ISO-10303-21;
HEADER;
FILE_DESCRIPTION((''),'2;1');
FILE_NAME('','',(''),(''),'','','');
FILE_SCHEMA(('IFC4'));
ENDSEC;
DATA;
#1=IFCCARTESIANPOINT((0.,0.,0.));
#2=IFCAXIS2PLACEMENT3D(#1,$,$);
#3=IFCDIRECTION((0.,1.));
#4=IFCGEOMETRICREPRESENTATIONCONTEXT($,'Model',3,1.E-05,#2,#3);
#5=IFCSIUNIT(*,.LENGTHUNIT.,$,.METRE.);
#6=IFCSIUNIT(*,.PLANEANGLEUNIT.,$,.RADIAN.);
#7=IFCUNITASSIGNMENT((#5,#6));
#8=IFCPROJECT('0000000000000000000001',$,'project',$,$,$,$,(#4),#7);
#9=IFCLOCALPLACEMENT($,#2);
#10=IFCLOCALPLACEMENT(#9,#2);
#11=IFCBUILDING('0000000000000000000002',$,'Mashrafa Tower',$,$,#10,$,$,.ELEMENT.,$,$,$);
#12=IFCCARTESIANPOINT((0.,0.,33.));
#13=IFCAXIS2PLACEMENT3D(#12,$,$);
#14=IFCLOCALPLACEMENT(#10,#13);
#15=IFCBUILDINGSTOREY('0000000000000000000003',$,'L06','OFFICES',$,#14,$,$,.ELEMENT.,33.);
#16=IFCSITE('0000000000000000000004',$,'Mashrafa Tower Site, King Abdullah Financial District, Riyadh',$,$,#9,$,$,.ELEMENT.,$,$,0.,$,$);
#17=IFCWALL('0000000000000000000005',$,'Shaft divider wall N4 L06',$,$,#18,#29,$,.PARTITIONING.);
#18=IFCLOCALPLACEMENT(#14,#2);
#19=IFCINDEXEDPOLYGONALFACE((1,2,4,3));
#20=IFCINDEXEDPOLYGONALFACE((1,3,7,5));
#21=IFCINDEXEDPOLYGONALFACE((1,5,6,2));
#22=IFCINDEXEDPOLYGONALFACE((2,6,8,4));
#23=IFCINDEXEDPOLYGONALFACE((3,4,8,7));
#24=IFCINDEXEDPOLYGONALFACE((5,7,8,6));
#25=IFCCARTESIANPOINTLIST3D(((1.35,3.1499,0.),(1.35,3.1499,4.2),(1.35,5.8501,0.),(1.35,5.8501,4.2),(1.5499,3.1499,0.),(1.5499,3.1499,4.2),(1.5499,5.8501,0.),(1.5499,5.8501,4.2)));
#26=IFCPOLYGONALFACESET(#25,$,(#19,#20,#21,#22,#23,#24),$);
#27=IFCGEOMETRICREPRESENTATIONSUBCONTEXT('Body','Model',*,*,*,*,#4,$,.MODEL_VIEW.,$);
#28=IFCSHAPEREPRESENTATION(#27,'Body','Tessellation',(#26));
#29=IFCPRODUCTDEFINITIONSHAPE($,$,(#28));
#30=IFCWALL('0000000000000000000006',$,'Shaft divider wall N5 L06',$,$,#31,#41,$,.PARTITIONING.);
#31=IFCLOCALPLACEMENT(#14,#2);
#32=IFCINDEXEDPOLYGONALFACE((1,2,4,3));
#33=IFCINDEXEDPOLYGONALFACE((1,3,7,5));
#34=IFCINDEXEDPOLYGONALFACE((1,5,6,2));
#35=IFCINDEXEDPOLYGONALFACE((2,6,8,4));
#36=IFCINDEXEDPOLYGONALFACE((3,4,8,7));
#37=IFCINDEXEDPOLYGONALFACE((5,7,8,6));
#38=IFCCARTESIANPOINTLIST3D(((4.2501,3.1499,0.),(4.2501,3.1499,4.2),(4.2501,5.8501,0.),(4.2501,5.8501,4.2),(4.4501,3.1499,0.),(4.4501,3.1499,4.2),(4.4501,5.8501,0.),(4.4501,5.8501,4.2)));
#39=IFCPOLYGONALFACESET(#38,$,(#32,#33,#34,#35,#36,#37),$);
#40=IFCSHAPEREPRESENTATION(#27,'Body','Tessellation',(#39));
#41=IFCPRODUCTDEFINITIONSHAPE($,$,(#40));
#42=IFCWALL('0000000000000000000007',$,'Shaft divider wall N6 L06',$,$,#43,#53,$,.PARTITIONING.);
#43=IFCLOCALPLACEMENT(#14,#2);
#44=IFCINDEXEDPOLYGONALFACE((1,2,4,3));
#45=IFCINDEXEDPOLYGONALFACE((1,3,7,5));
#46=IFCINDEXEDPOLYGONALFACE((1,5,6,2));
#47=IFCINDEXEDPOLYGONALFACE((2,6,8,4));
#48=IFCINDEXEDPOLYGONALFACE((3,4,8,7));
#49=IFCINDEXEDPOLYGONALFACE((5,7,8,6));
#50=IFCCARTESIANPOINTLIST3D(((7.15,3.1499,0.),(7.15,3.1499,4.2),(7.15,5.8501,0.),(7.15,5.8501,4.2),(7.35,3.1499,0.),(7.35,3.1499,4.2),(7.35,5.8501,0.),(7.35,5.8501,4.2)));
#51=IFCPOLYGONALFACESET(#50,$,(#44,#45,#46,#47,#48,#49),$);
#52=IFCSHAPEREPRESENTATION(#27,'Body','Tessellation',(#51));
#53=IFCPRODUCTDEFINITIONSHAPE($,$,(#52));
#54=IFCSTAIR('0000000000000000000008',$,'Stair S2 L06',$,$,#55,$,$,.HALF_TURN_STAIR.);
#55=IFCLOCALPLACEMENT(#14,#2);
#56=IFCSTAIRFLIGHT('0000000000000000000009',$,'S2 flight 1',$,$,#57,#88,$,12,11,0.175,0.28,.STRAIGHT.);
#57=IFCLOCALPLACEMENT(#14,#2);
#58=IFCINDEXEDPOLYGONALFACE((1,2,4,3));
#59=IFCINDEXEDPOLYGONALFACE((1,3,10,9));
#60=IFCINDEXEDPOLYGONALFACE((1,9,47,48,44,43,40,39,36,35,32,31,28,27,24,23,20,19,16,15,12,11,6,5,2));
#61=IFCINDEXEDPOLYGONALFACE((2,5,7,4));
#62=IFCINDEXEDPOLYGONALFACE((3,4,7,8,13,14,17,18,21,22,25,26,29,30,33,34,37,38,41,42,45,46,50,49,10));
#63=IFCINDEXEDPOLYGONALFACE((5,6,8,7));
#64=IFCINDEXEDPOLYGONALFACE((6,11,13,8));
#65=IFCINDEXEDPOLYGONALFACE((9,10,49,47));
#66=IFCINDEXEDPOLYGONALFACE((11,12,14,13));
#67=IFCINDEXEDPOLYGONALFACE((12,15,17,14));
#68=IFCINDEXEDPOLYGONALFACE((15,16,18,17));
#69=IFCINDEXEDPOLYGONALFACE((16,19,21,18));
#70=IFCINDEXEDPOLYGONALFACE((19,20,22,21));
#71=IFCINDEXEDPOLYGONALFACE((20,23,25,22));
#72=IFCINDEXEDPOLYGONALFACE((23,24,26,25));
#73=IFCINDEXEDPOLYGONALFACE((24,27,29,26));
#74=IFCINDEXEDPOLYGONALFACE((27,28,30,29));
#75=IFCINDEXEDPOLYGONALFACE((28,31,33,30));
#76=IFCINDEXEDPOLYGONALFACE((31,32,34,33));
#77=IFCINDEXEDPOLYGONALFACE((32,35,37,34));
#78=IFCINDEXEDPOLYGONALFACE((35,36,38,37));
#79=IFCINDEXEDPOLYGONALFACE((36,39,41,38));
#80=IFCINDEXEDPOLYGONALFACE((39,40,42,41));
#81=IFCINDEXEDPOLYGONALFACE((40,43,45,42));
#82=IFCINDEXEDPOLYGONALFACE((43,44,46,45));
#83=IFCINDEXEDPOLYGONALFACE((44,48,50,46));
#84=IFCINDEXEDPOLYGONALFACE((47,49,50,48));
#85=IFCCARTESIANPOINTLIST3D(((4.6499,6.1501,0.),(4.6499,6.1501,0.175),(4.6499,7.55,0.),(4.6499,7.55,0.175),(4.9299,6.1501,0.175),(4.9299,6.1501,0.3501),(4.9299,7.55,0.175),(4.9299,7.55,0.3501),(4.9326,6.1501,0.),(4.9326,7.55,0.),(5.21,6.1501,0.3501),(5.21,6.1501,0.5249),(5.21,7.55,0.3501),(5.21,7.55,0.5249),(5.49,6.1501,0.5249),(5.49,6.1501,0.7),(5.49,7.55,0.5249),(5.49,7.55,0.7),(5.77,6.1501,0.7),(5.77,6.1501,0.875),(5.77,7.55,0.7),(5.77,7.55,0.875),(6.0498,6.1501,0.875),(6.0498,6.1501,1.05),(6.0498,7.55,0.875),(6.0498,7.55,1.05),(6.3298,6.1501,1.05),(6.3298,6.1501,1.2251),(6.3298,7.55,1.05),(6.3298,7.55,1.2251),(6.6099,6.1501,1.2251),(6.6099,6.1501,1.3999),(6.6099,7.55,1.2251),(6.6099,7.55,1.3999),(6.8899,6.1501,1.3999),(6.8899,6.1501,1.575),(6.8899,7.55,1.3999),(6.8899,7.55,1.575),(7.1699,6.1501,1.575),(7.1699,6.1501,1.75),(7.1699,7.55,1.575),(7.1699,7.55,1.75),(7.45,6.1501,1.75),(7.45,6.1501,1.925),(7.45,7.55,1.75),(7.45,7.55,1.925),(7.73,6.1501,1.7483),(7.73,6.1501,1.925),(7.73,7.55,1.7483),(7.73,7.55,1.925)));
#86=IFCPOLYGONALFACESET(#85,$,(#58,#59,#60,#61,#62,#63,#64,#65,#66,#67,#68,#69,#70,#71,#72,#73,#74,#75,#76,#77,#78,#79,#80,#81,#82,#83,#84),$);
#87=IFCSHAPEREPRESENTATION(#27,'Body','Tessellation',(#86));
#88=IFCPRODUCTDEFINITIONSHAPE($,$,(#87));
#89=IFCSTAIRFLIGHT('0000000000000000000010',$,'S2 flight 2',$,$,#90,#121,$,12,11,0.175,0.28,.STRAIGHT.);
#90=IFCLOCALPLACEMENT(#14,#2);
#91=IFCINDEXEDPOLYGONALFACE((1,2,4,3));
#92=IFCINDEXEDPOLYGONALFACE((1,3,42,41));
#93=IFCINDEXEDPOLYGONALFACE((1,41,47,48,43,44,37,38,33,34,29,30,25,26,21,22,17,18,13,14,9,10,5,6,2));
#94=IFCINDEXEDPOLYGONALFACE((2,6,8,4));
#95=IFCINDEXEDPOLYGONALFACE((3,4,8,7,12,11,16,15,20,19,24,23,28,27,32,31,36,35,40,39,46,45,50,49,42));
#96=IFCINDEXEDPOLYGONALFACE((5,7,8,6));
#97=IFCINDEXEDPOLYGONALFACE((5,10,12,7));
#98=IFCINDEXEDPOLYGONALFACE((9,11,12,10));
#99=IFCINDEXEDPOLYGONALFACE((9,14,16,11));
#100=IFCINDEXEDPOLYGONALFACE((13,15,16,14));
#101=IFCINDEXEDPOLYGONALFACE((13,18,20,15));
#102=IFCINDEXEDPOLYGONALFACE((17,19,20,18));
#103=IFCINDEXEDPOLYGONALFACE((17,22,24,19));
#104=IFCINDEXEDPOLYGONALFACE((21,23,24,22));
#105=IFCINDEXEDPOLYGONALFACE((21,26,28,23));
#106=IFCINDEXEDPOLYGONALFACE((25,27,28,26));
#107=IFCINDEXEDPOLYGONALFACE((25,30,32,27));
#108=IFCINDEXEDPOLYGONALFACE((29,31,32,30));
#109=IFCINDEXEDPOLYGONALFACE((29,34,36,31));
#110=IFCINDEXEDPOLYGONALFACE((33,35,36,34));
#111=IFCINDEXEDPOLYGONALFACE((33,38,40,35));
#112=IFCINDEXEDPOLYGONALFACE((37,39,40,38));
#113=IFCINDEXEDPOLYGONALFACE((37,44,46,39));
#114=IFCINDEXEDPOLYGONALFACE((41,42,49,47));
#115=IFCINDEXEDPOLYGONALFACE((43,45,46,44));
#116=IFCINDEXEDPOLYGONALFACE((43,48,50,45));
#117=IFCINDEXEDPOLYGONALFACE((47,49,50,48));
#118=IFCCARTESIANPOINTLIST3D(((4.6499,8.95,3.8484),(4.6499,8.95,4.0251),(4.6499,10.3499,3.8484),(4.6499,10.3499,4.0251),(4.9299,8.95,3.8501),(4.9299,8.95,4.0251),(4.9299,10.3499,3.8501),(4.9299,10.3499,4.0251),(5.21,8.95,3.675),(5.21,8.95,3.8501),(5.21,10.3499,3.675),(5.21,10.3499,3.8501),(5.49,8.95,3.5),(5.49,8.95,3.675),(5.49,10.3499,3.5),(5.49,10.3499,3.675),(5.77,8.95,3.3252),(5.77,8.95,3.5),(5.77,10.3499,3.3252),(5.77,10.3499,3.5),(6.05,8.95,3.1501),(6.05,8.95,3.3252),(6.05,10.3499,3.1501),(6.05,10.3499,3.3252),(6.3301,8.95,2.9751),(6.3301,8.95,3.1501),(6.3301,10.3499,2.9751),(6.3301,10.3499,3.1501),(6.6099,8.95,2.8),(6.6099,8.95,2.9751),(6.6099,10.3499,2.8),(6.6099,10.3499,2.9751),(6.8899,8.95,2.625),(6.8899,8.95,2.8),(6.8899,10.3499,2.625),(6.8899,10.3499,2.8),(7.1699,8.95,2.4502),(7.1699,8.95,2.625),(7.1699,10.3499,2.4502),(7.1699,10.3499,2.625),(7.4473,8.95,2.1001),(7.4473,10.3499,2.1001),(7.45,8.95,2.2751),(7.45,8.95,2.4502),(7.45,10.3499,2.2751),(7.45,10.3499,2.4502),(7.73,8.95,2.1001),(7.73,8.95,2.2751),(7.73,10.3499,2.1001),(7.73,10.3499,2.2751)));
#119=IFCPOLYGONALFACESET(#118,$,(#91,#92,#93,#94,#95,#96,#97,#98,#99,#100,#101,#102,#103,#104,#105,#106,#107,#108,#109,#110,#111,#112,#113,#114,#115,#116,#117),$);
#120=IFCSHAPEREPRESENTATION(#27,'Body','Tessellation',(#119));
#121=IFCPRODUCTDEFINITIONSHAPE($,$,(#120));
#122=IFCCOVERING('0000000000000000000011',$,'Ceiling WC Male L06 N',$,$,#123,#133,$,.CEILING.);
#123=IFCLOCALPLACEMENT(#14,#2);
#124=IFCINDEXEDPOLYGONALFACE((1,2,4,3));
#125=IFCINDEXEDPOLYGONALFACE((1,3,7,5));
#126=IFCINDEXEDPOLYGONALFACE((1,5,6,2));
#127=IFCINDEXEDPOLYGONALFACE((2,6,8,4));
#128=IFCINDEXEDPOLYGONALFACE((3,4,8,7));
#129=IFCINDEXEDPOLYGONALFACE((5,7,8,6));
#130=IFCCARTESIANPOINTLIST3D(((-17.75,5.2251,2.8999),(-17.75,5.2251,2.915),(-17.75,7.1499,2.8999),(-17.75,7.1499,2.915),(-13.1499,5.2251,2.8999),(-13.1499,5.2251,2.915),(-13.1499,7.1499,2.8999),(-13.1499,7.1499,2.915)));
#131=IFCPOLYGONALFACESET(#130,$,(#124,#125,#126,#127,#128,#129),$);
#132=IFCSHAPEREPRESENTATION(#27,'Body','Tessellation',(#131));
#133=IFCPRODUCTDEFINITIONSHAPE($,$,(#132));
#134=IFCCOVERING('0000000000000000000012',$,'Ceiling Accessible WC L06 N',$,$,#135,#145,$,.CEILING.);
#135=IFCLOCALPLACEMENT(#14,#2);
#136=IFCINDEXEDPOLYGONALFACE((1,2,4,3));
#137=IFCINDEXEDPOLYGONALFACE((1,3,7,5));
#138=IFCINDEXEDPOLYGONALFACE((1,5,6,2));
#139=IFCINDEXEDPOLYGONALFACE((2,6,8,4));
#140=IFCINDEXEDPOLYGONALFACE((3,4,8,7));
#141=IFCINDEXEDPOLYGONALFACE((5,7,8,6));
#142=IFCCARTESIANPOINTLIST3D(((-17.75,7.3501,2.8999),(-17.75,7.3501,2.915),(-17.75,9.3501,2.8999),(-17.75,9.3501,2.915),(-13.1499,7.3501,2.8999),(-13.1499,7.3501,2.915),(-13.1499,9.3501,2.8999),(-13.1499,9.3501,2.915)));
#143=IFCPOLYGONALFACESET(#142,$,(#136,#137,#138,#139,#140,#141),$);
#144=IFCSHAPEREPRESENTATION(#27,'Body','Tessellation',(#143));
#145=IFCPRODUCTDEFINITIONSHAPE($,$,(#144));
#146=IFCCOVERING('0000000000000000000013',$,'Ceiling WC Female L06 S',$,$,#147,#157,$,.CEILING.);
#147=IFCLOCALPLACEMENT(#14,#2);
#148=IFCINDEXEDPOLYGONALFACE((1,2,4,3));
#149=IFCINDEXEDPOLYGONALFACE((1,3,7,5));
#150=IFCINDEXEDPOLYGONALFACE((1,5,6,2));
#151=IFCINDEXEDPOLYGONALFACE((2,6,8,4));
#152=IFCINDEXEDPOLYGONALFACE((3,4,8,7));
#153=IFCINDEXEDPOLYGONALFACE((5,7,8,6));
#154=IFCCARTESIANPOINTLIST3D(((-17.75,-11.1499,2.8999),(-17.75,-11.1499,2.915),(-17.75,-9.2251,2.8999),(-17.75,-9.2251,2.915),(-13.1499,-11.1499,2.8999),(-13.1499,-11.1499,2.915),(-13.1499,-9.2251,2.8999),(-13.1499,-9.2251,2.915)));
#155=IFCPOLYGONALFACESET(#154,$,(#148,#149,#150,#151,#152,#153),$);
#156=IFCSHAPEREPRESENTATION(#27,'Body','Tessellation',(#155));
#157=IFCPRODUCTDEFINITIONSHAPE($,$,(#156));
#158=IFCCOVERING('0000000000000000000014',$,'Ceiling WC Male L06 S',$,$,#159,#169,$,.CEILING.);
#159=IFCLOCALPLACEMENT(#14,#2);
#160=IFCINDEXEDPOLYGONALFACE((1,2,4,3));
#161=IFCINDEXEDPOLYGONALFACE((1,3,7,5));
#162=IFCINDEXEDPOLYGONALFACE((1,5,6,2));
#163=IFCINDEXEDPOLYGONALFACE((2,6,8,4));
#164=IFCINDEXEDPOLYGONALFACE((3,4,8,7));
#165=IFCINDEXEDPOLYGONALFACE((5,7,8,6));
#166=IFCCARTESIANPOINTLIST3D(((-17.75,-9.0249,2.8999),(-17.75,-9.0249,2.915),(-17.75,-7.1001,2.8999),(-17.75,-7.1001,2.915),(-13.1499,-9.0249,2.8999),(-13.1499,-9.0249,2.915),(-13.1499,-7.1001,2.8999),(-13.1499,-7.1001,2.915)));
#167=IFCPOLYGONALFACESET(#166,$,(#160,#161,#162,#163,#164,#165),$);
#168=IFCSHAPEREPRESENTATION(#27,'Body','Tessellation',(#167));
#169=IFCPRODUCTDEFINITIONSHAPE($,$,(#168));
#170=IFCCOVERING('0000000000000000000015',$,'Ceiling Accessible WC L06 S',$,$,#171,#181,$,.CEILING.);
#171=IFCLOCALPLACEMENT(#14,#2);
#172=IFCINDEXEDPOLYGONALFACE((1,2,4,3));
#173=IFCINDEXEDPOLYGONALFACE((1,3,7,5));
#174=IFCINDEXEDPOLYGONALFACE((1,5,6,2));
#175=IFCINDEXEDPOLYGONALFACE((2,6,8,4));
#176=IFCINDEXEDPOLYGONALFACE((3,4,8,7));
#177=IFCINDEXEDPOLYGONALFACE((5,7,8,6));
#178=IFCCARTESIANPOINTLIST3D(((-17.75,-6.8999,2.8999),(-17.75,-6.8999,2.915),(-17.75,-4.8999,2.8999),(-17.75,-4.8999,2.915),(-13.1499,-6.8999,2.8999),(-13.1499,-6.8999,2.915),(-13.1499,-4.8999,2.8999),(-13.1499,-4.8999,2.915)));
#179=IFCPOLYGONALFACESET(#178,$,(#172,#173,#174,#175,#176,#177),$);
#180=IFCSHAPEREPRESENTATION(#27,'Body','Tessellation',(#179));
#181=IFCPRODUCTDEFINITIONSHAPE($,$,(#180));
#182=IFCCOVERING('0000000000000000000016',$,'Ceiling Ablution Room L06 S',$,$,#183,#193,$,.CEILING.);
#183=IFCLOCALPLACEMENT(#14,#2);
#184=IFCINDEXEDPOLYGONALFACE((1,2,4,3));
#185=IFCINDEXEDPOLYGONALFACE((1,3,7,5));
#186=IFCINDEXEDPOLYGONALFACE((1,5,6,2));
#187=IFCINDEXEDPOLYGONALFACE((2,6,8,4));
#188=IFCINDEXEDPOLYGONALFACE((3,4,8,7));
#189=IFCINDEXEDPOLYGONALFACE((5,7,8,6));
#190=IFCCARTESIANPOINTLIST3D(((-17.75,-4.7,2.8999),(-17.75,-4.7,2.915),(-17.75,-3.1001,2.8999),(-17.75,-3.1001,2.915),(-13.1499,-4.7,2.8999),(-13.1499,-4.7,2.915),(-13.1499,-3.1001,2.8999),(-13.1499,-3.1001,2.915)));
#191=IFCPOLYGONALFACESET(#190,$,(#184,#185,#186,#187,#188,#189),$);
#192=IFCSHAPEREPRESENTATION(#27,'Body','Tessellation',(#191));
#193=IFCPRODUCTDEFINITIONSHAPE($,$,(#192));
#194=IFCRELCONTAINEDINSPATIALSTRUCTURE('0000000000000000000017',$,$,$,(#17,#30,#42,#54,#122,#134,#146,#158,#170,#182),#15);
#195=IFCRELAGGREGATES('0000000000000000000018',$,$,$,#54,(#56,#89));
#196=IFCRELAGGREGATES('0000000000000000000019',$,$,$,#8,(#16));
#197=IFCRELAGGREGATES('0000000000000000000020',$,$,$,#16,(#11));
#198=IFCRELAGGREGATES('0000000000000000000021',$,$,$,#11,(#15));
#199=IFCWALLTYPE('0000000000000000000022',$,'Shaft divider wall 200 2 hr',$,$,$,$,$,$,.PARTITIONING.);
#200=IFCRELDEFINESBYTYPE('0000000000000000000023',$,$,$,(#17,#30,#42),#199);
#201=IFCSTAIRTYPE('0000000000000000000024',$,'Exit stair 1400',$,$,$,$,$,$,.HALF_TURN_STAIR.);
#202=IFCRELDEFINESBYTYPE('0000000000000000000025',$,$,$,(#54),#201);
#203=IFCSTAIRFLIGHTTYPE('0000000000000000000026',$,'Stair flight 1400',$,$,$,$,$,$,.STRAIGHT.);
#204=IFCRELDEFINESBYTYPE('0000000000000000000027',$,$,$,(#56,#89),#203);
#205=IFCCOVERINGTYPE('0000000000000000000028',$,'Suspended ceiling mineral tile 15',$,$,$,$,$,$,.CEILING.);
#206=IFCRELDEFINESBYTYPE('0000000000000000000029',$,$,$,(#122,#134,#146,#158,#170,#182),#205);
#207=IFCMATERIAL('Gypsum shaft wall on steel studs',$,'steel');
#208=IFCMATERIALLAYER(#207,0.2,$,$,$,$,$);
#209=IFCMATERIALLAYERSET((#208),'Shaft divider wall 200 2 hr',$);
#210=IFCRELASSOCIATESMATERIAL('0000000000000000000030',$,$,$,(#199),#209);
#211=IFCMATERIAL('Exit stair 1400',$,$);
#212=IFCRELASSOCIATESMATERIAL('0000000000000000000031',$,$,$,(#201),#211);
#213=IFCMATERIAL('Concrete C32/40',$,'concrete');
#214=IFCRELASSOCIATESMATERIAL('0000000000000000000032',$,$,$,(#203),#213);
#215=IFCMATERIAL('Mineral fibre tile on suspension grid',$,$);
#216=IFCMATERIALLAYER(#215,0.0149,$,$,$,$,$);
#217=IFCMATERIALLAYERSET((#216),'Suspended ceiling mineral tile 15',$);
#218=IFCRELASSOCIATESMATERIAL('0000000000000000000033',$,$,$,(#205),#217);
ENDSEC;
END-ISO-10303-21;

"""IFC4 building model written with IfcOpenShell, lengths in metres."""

from ifc_helpers import new_model, si_unit, direction, frame, frame_2d, origin, place, context, subcontext, project, spatial, polyline, rectangle, outline, extrude, material, layer, layer_set, type_object, element, aggregate, save


model = new_model("IFC4")

# Units and contexts
model_context = context("Model", 3, precision=1e-05, world=origin(), true_north=direction((0.0, 1.0)))
body_context = subcontext(model_context, "Body", "Model", "MODEL_VIEW")
ifc_project = project(units=[si_unit("LENGTHUNIT", "METRE"), si_unit("PLANEANGLEUNIT", "RADIAN")], contexts=[model_context])

# Site, building, storey
site_placement = place(None, origin())
site = spatial("IfcSite", under=ifc_project, at=site_placement, Name="Mashrafa Tower Site, King Abdullah Financial District, Riyadh", CompositionType="ELEMENT", RefElevation=0.0)
building_placement = place(site_placement, origin())
building = spatial("IfcBuilding", under=site, at=building_placement, Name="Mashrafa Tower", CompositionType="ELEMENT")
storey_placement = place(building_placement, frame((0.0, 0.0, 33.0)))
storey = spatial("IfcBuildingStorey", under=building, at=storey_placement, Name="L06", Description="OFFICES", CompositionType="ELEMENT", Elevation=33.0)

# Walls
ifc_material_1 = material(Name="Gypsum shaft wall on steel studs", Category="steel")
ifc_layer_1 = layer(ifc_material_1, 0.2)
ifc_layer_set_1 = layer_set([ifc_layer_1], Name="Shaft divider wall 200 2 hr")
wall_type_1 = type_object("IfcWallType", Name="Shaft divider wall 200 2 hr", PredefinedType="PARTITIONING", material=ifc_layer_set_1)
for number, where, z_axis, x_axis, name in (
    (1, (1.45, 3.1499, 0.0), (0.0, 0.0, 1.0), (0.0, 1.0, 0.0), "Shaft divider wall N4 L06"),
    (2, (4.3501, 3.1499, 0.0), (0.0, 0.0, 1.0), (0.0, 1.0, 0.0), "Shaft divider wall N5 L06"),
    (3, (7.25, 3.1499, 0.0), (0.0, 0.0, 1.0), (0.0, 1.0, 0.0), "Shaft divider wall N6 L06"),
):
    element("IfcWall", number, at=place(storey_placement, frame(where, z_axis=z_axis, x_axis=x_axis)), inside=storey, type_object=wall_type_1, Name=name, PredefinedType="PARTITIONING", context=body_context, shape_type="SweptSolid", body=[
        extrude(rectangle(XDim=2.7002, YDim=0.2, at=frame_2d((1.3501, 0.0))), origin(), (0.0, 0.0, 1.0), 4.2),
    ])

# Stair, stair flights
ifc_material_2 = material(Name="Exit stair 1400")
stair_type = type_object("IfcStairType", Name="Exit stair 1400", PredefinedType="HALF_TURN_STAIR", material=ifc_material_2)
stair_placement = place(storey_placement, origin())
stair = element("IfcStair", 4, at=stair_placement, inside=storey, type_object=stair_type, Name="Stair S2 L06", PredefinedType="HALF_TURN_STAIR")
ifc_material_3 = material(Name="Concrete C32/40", Category="concrete")
stair_flight_type = type_object("IfcStairFlightType", Name="Stair flight 1400", PredefinedType="STRAIGHT", material=ifc_material_3)
stair_flight_1_placement = place(storey_placement, frame((4.6499, 6.8501, 0.0), z_axis=(0.0, 0.0, 1.0), x_axis=(1.0, 0.0, 0.0)))
stair_flight_1 = element("IfcStairFlight", 5, at=stair_flight_1_placement, type_object=stair_flight_type, Name="S2 flight 1", NumberOfRisers=12, NumberOfTreads=11, PredefinedType="STRAIGHT", RiserHeight=0.175, TreadLength=0.28, context=body_context, shape_type="SweptSolid", body=[
    extrude(outline(polyline([(0.0, 0.0), (0.0, 0.175), (0.28, 0.175), (0.28, 0.3501), (0.5601, 0.3501), (0.5601, 0.5249), (0.8401, 0.5249), (0.8401, 0.7), (1.1201, 0.7), (1.1201, 0.875), (1.3999, 0.875), (1.3999, 1.05), (1.6799, 1.05), (1.6799, 1.2251), (1.96, 1.2251), (1.96, 1.3999), (2.24, 1.3999), (2.24, 1.575), (2.52, 1.575), (2.52, 1.75), (2.8, 1.75), (2.8, 1.925), (3.0801, 1.925), (3.0801, 2.1001), (3.0801, 1.7483), (0.2827, 0.0), (0.0, 0.0)])), frame((0.0, 0.7, 0.0), z_axis=(0.0, -1.0, 0.0), x_axis=(1.0, 0.0, 0.0)), (0.0, 0.0, 1.0), 1.3999),
])
stair_flight_2_placement = place(storey_placement, frame((7.73, 9.6499, 2.1001), z_axis=(0.0, 0.0, 1.0), x_axis=(-1.0, 0.0, 0.0)))
stair_flight_2 = element("IfcStairFlight", 6, at=stair_flight_2_placement, type_object=stair_flight_type, Name="S2 flight 2", NumberOfRisers=12, NumberOfTreads=11, PredefinedType="STRAIGHT", RiserHeight=0.175, TreadLength=0.28, context=body_context, shape_type="SweptSolid", body=[
    extrude(outline(polyline([(0.0, 0.0), (0.0, 0.175), (0.28, 0.175), (0.28, 0.3501), (0.5601, 0.3501), (0.5601, 0.5249), (0.8401, 0.5249), (0.8401, 0.7), (1.1201, 0.7), (1.1201, 0.875), (1.3999, 0.875), (1.3999, 1.05), (1.6799, 1.05), (1.6799, 1.2251), (1.96, 1.2251), (1.96, 1.3999), (2.24, 1.3999), (2.24, 1.575), (2.52, 1.575), (2.52, 1.75), (2.8, 1.75), (2.8, 1.925), (3.0801, 1.925), (3.0801, 2.1001), (3.0801, 1.7483), (0.2827, 0.0), (0.0, 0.0)])), frame((0.0, 0.7, 0.0), z_axis=(0.0, -1.0, 0.0), x_axis=(1.0, 0.0, 0.0)), (0.0, 0.0, 1.0), 1.3999),
])
aggregate(stair, [stair_flight_1, stair_flight_2])

# Coverings
ifc_material_4 = material(Name="Mineral fibre tile on suspension grid")
ifc_layer_2 = layer(ifc_material_4, 0.0149)
ifc_layer_set_2 = layer_set([ifc_layer_2], Name="Suspended ceiling mineral tile 15")
covering_type = type_object("IfcCoveringType", Name="Suspended ceiling mineral tile 15", PredefinedType="CEILING", material=ifc_layer_set_2)
covering_1_placement = place(storey_placement, frame((0.0, 0.0, 2.8999)))
element("IfcCovering", 7, at=covering_1_placement, inside=storey, type_object=covering_type, Name="Ceiling WC Male L06 N", PredefinedType="CEILING", context=body_context, shape_type="SweptSolid", body=[
    extrude(outline(polyline([(-17.75, 5.2251), (-17.75, 7.1499), (-13.1499, 7.1499), (-13.1499, 5.2251), (-17.75, 5.2251)])), origin(), (0.0, 0.0, 1.0), 0.0151),
])
covering_2_placement = place(storey_placement, frame((0.0, 0.0, 2.8999)))
element("IfcCovering", 8, at=covering_2_placement, inside=storey, type_object=covering_type, Name="Ceiling Accessible WC L06 N", PredefinedType="CEILING", context=body_context, shape_type="SweptSolid", body=[
    extrude(outline(polyline([(-17.75, 7.3501), (-17.75, 9.3501), (-13.1499, 9.3501), (-13.1499, 7.3501), (-17.75, 7.3501)])), origin(), (0.0, 0.0, 1.0), 0.0151),
])
covering_3_placement = place(storey_placement, frame((0.0, 0.0, 2.8999)))
element("IfcCovering", 9, at=covering_3_placement, inside=storey, type_object=covering_type, Name="Ceiling WC Female L06 S", PredefinedType="CEILING", context=body_context, shape_type="SweptSolid", body=[
    extrude(outline(polyline([(-17.75, -11.1499), (-17.75, -9.2251), (-13.1499, -9.2251), (-13.1499, -11.1499), (-17.75, -11.1499)])), origin(), (0.0, 0.0, 1.0), 0.0151),
])
covering_4_placement = place(storey_placement, frame((0.0, 0.0, 2.8999)))
element("IfcCovering", 10, at=covering_4_placement, inside=storey, type_object=covering_type, Name="Ceiling WC Male L06 S", PredefinedType="CEILING", context=body_context, shape_type="SweptSolid", body=[
    extrude(outline(polyline([(-17.75, -9.0249), (-17.75, -7.1001), (-13.1499, -7.1001), (-13.1499, -9.0249), (-17.75, -9.0249)])), origin(), (0.0, 0.0, 1.0), 0.0151),
])
covering_5_placement = place(storey_placement, frame((0.0, 0.0, 2.8999)))
element("IfcCovering", 11, at=covering_5_placement, inside=storey, type_object=covering_type, Name="Ceiling Accessible WC L06 S", PredefinedType="CEILING", context=body_context, shape_type="SweptSolid", body=[
    extrude(outline(polyline([(-17.75, -6.8999), (-17.75, -4.8999), (-13.1499, -4.8999), (-13.1499, -6.8999), (-17.75, -6.8999)])), origin(), (0.0, 0.0, 1.0), 0.0151),
])
covering_6_placement = place(storey_placement, frame((0.0, 0.0, 2.8999)))
element("IfcCovering", 12, at=covering_6_placement, inside=storey, type_object=covering_type, Name="Ceiling Ablution Room L06 S", PredefinedType="CEILING", context=body_context, shape_type="SweptSolid", body=[
    extrude(outline(polyline([(-17.75, -4.7), (-17.75, -3.1001), (-13.1499, -3.1001), (-13.1499, -4.7), (-17.75, -4.7)])), origin(), (0.0, 0.0, 1.0), 0.0151),
])

save(model, "model.ifc")
